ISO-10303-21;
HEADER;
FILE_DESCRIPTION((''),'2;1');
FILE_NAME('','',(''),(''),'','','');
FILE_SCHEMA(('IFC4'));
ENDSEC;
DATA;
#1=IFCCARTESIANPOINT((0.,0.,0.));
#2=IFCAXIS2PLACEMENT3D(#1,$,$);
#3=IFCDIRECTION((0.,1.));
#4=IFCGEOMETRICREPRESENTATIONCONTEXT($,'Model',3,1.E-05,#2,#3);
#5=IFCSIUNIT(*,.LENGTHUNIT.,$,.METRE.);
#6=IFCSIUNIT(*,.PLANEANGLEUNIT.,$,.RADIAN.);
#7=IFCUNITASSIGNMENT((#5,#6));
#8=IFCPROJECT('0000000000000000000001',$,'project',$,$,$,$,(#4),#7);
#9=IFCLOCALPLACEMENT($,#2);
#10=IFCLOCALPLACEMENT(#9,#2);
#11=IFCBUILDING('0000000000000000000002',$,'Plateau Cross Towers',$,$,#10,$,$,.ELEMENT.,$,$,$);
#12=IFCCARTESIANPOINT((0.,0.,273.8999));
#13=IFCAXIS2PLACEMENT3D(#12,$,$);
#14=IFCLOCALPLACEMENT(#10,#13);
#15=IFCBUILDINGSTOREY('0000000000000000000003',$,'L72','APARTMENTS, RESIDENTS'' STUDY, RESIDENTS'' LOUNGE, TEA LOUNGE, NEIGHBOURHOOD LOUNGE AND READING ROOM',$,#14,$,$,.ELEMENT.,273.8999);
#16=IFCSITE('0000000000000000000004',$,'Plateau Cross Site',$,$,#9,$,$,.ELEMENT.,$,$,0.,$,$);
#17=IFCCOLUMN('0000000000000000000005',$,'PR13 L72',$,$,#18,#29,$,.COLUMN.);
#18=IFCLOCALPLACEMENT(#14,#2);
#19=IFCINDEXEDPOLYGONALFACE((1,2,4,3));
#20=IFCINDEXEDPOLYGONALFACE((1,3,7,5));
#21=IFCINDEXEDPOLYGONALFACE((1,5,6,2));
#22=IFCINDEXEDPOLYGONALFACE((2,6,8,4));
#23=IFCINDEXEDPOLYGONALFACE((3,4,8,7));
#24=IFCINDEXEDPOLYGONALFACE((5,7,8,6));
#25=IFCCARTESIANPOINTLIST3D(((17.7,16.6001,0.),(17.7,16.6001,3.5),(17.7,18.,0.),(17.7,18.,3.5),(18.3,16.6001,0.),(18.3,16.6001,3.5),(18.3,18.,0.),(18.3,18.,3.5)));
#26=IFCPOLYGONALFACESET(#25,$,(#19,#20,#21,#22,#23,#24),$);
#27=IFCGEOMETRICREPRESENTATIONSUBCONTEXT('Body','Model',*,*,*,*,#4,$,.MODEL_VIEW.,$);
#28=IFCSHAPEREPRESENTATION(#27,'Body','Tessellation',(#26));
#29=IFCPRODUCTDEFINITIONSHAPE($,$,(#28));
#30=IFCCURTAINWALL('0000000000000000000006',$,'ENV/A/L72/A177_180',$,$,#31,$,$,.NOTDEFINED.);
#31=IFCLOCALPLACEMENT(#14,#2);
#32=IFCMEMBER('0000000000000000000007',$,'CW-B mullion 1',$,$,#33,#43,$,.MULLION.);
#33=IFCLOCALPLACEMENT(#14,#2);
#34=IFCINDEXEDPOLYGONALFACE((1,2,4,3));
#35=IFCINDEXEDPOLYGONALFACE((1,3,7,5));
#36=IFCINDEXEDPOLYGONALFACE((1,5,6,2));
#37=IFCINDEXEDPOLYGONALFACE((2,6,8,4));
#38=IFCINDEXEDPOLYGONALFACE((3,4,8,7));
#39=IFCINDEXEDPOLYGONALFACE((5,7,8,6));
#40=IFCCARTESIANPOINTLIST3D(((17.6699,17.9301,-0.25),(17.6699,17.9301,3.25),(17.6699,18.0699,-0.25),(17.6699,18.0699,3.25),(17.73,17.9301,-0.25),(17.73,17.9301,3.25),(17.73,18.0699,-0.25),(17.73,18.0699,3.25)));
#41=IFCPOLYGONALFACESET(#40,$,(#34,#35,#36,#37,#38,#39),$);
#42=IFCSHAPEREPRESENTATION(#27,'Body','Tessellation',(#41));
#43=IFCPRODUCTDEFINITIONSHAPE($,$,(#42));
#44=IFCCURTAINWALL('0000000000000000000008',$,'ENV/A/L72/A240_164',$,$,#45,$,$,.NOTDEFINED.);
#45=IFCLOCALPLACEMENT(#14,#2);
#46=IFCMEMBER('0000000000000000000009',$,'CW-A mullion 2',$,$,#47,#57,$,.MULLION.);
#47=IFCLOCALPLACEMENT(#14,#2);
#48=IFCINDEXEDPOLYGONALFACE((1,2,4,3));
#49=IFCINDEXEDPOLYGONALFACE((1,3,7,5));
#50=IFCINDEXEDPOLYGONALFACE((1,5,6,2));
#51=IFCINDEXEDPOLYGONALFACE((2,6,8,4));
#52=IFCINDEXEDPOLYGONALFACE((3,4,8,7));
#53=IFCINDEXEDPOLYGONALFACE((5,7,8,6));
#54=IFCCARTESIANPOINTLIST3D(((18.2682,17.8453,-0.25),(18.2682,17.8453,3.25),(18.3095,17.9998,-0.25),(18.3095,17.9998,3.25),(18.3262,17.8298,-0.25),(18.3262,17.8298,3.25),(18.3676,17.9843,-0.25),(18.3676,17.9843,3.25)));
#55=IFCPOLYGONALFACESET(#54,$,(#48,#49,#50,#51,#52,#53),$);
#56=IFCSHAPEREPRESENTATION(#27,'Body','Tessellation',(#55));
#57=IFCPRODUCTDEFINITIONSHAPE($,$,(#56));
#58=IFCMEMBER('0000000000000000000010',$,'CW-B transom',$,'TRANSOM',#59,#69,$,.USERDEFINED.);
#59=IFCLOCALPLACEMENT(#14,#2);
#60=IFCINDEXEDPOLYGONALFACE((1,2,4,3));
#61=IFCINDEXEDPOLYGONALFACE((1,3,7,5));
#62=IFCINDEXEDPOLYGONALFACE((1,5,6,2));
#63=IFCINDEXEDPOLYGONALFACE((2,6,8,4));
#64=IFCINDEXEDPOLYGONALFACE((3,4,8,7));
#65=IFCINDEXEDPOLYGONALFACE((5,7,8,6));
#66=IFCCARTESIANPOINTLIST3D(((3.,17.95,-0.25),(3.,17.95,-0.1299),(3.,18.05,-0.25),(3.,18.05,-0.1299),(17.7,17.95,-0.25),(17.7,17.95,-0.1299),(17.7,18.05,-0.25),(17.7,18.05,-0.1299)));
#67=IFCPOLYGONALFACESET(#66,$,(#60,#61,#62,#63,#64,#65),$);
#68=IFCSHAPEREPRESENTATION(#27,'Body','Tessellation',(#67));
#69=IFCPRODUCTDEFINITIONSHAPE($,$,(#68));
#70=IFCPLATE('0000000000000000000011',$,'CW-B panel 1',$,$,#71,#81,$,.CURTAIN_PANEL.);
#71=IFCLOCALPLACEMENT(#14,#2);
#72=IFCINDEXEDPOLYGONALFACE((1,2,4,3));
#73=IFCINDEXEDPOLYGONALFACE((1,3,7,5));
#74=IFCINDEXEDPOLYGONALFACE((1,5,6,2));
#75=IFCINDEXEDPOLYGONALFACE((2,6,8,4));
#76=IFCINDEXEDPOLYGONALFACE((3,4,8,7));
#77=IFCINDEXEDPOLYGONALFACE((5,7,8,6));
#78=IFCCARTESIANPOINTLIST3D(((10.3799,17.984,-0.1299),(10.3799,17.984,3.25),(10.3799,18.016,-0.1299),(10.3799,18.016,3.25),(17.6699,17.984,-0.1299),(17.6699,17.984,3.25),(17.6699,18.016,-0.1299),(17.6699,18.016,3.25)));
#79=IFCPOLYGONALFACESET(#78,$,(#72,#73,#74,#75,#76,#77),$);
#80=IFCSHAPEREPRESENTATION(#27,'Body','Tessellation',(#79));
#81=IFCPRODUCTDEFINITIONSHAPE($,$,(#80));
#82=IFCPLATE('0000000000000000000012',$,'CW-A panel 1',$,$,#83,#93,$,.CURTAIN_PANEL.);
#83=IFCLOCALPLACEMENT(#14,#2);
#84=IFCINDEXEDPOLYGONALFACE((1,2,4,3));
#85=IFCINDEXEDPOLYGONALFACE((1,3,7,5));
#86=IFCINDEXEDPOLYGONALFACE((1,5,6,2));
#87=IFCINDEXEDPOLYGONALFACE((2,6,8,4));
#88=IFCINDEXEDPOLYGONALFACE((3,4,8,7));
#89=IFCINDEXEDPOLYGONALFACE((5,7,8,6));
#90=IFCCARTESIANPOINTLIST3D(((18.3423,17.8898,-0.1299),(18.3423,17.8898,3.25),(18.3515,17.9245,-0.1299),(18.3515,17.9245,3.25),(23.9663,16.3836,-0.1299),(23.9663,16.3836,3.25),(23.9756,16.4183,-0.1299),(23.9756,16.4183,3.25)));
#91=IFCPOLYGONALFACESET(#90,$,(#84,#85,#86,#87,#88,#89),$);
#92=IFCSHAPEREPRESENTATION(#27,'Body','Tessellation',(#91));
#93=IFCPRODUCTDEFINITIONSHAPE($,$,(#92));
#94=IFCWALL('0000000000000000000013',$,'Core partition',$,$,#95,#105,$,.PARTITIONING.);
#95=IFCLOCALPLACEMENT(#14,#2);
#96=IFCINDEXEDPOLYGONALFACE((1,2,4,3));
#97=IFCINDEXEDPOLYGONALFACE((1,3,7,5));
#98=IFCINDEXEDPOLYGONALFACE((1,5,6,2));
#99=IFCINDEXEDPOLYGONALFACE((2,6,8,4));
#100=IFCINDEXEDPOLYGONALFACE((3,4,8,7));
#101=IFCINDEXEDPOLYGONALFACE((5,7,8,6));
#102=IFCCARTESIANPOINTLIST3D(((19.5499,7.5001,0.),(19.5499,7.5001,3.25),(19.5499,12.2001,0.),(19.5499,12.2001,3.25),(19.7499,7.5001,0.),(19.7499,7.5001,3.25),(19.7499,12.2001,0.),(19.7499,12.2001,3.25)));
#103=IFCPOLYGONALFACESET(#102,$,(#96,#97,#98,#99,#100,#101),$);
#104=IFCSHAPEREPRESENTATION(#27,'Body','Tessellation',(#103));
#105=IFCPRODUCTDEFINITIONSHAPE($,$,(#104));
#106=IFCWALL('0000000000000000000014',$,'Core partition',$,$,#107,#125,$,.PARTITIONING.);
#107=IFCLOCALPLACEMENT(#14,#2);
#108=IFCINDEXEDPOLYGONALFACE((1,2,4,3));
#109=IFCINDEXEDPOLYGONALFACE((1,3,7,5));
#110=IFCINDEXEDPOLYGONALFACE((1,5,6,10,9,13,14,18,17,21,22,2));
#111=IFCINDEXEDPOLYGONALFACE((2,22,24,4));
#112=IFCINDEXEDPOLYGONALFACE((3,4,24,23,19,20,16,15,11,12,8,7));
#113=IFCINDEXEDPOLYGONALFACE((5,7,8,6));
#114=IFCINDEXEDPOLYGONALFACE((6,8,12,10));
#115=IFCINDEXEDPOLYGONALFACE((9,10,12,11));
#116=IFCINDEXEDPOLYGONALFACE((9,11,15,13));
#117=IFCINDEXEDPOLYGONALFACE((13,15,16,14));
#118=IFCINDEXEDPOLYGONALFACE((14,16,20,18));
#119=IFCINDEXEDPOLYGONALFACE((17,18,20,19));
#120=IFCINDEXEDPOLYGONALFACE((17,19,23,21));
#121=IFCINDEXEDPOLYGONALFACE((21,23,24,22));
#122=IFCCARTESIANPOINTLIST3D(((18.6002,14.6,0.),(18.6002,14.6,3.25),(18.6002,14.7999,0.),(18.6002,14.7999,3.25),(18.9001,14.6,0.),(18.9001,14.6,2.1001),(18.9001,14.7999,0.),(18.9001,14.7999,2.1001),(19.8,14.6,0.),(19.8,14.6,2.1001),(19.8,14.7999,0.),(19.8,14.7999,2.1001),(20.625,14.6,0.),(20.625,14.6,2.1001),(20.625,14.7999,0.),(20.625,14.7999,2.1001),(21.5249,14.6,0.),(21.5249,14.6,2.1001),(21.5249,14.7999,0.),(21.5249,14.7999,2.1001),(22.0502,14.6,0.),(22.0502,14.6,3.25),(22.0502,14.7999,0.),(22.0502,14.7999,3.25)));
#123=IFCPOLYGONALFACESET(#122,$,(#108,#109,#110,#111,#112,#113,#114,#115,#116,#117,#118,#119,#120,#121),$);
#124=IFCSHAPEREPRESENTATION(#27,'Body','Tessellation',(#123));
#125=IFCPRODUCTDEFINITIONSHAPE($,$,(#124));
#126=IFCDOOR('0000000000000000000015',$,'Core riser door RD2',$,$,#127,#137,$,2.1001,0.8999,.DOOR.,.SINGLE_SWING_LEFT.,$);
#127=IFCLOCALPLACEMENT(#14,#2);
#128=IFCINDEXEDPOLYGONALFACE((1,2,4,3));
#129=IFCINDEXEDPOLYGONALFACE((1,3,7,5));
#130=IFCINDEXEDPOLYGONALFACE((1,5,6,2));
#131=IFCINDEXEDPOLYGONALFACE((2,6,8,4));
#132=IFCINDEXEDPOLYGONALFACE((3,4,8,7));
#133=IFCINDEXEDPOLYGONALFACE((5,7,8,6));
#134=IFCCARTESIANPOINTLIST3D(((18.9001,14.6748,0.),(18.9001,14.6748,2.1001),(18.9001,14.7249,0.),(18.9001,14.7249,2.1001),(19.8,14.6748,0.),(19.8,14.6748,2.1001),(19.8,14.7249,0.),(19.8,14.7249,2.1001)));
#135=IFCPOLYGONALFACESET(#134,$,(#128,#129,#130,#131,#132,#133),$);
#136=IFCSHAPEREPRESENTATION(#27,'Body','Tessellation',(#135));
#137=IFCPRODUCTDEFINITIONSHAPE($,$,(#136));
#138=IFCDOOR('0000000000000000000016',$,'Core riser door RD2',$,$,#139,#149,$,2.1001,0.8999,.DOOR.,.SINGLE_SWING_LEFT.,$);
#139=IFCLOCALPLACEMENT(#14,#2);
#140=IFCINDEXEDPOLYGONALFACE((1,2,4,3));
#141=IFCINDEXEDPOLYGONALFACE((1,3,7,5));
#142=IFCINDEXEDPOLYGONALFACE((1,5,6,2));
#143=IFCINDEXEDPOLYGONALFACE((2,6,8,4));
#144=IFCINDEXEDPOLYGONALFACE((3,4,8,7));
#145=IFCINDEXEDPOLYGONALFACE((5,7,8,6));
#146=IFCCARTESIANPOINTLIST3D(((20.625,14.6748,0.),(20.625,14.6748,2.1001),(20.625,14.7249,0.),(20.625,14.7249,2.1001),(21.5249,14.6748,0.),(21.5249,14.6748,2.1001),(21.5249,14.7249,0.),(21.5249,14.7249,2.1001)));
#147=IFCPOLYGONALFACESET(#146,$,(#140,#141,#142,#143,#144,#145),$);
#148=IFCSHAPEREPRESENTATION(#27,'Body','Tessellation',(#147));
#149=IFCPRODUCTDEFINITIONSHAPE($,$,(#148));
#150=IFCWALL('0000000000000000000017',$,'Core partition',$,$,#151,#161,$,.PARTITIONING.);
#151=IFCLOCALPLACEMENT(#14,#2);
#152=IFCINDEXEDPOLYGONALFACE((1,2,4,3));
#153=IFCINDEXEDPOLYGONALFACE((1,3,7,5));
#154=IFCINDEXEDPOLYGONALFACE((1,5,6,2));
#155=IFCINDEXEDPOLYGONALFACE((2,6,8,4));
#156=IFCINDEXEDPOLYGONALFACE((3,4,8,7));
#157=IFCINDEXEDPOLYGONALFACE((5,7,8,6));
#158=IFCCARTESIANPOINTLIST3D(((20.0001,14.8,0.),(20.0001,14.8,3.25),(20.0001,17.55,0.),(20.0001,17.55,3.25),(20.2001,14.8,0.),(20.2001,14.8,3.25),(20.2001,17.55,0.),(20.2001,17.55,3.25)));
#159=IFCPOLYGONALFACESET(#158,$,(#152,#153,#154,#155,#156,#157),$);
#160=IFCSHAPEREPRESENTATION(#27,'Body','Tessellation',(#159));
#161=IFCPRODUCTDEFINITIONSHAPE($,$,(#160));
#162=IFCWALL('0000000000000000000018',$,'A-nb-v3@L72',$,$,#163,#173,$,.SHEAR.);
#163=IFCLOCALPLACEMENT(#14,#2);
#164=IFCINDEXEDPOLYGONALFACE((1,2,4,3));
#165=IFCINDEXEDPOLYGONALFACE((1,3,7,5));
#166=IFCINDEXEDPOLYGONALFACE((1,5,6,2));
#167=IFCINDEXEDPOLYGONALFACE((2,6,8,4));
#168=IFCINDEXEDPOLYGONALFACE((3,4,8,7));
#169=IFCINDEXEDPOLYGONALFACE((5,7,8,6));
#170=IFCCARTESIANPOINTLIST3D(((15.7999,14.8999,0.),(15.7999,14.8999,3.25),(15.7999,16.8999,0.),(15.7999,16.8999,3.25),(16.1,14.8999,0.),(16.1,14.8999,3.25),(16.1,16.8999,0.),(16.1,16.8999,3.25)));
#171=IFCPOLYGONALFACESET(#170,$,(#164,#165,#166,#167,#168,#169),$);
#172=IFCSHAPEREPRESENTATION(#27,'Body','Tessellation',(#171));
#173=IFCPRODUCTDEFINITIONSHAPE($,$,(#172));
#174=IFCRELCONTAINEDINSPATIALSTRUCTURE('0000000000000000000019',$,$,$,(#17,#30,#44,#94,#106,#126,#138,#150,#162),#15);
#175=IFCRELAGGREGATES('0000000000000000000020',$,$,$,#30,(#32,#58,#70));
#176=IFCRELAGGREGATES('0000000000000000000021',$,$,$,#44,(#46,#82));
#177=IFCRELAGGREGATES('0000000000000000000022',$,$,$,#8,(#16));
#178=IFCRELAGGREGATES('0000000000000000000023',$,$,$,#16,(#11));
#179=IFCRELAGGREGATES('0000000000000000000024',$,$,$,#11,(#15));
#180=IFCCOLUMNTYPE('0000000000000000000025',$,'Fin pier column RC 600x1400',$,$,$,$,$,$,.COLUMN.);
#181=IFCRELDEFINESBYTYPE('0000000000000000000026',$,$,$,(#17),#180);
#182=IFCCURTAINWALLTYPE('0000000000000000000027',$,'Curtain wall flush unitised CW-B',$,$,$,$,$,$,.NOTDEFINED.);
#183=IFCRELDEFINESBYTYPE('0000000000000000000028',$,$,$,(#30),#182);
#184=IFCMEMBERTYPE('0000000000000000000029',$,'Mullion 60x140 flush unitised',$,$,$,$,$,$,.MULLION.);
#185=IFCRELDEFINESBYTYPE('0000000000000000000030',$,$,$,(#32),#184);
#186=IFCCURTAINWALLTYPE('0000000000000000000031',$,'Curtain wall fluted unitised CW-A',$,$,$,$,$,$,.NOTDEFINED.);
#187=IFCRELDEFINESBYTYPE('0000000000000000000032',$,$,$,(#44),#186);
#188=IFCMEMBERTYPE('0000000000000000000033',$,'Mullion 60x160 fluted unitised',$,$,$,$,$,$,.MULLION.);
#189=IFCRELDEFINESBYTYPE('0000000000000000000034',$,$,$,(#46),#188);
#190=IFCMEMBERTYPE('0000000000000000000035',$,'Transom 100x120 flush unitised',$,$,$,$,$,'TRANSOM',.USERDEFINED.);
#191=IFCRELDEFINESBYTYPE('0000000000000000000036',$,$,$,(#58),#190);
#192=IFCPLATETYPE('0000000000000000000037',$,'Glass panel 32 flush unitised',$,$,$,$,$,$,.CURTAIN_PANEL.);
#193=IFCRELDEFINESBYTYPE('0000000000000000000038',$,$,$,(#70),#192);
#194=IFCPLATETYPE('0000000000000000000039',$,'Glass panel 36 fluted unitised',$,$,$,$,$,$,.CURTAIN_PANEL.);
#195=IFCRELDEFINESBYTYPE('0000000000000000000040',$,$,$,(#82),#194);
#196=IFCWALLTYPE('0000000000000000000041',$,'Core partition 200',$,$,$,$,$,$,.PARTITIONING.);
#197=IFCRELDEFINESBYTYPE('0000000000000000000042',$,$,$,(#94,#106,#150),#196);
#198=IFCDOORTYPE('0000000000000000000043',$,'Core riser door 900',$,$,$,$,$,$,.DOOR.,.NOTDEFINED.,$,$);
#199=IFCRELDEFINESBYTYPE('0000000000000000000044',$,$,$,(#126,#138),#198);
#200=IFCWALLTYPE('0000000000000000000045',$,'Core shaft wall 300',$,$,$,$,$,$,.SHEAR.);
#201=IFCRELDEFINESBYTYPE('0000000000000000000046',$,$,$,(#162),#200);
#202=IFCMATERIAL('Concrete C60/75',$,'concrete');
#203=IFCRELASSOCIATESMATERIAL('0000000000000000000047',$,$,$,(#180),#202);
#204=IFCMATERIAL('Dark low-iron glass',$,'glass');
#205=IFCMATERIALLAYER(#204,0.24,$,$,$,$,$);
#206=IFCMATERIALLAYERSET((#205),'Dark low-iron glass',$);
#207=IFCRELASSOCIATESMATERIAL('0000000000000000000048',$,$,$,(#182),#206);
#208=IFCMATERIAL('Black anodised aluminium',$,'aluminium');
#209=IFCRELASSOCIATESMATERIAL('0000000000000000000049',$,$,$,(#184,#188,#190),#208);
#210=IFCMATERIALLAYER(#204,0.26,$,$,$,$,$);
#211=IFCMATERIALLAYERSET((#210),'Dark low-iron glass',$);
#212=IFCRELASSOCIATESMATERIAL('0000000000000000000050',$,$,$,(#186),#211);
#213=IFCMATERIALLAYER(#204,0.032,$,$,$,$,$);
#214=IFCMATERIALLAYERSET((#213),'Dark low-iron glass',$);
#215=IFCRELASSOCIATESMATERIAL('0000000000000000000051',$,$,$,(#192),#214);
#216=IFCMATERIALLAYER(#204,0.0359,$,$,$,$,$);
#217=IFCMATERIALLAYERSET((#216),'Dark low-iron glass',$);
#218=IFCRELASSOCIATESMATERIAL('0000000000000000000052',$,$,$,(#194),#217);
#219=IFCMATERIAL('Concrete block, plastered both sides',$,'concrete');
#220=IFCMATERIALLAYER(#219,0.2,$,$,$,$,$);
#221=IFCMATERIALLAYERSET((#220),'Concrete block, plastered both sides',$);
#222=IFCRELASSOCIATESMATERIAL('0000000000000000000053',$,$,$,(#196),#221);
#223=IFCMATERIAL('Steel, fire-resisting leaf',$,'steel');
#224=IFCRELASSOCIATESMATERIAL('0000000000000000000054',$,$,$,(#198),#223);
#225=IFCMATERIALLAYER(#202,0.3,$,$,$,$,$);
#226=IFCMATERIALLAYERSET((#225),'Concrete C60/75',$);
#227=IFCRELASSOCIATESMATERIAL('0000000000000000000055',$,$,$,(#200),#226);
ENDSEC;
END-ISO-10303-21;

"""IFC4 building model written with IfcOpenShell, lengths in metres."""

from ifc_helpers import new_model, si_unit, direction, frame, frame_2d, origin, origin_2d, place, context, subcontext, project, spatial, rectangle, extrude, material, layer, layer_set, material_profile, profile_set, type_object, element, fill, aggregate, save


model = new_model("IFC4")

# Units and contexts
model_context = context("Model", 3, precision=1e-05, world=origin(), true_north=direction((0.0, 1.0)))
body_context = subcontext(model_context, "Body", "Model", "MODEL_VIEW")
ifc_project = project(units=[si_unit("LENGTHUNIT", "METRE"), si_unit("PLANEANGLEUNIT", "RADIAN")], contexts=[model_context])

# Site, building, storey
site_placement = place(None, origin())
site = spatial("IfcSite", under=ifc_project, at=site_placement, Name="Plateau Cross Site", CompositionType="ELEMENT", RefElevation=0.0)
building_placement = place(site_placement, origin())
building = spatial("IfcBuilding", under=site, at=building_placement, Name="Plateau Cross Towers", CompositionType="ELEMENT")
storey_placement = place(building_placement, frame((0.0, 0.0, 273.8999)))
storey = spatial("IfcBuildingStorey", under=building, at=storey_placement, Name="L72", Description="APARTMENTS, RESIDENTS' STUDY, RESIDENTS' LOUNGE, TEA LOUNGE, NEIGHBOURHOOD LOUNGE AND READING ROOM", CompositionType="ELEMENT", Elevation=273.8999)

# Column
ifc_material_1 = material(Name="Concrete C60/75", Category="concrete")
ifc_material_profile_1 = material_profile(ifc_material_1, rectangle(XDim=0.6001, YDim=1.3999, at=origin_2d()), Name="RC 600x1400")
ifc_profile_set_1 = profile_set([ifc_material_profile_1], Name="Concrete C60/75")
column_type = type_object("IfcColumnType", Name="Fin pier column RC 600x1400", PredefinedType="COLUMN", material=ifc_profile_set_1)
column_placement = place(storey_placement, frame((18.0, 17.3, 0.0), z_axis=(0.0, 0.0, 1.0), x_axis=(1.0, 0.0, 0.0)))
element("IfcColumn", 1, at=column_placement, inside=storey, type_object=column_type, Name="PR13 L72", PredefinedType="COLUMN", context=body_context, shape_type="SweptSolid", body=[
    extrude(rectangle(XDim=0.6001, YDim=1.3999, at=origin_2d()), origin(), (0.0, 0.0, 1.0), 3.5),
])

# Curtain walls, members
ifc_material_2 = material(Name="Dark low-iron glass", Category="glass")
ifc_layer_1 = layer(ifc_material_2, 0.24)
ifc_layer_set_1 = layer_set([ifc_layer_1], Name="Dark low-iron glass")
curtain_wall_type_1 = type_object("IfcCurtainWallType", Name="Curtain wall flush unitised CW-B", PredefinedType="NOTDEFINED", material=ifc_layer_set_1)
curtain_wall_1_placement = place(storey_placement, origin())
curtain_wall_1 = element("IfcCurtainWall", 2, at=curtain_wall_1_placement, inside=storey, type_object=curtain_wall_type_1, Name="ENV/A/L72/A177_180", PredefinedType="NOTDEFINED")
ifc_material_3 = material(Name="Black anodised aluminium", Category="aluminium")
ifc_material_profile_2 = material_profile(ifc_material_3, rectangle(XDim=0.0601, YDim=0.1399, at=origin_2d()), Name="MULLION 60x140")
ifc_profile_set_2 = profile_set([ifc_material_profile_2], Name="Black anodised aluminium")
member_type_1 = type_object("IfcMemberType", Name="Mullion 60x140 flush unitised", PredefinedType="MULLION", material=ifc_profile_set_2)
member_1_placement = place(storey_placement, frame((17.7, 18.0, -0.25), z_axis=(0.0, 0.0, 1.0), x_axis=(-1.0, 0.0, 0.0)))
member_1 = element("IfcMember", 3, at=member_1_placement, type_object=member_type_1, Name="CW-B mullion 1", PredefinedType="MULLION", context=body_context, shape_type="SweptSolid", body=[
    extrude(rectangle(XDim=0.0601, YDim=0.1399, at=origin_2d()), origin(), (0.0, 0.0, 1.0), 3.5),
])
ifc_layer_2 = layer(ifc_material_2, 0.26)
ifc_layer_set_2 = layer_set([ifc_layer_2], Name="Dark low-iron glass")
curtain_wall_type_2 = type_object("IfcCurtainWallType", Name="Curtain wall fluted unitised CW-A", PredefinedType="NOTDEFINED", material=ifc_layer_set_2)
curtain_wall_2_placement = place(storey_placement, origin())
curtain_wall_2 = element("IfcCurtainWall", 4, at=curtain_wall_2_placement, inside=storey, type_object=curtain_wall_type_2, Name="ENV/A/L72/A240_164", PredefinedType="NOTDEFINED")
ifc_material_profile_3 = material_profile(ifc_material_3, rectangle(XDim=0.0601, YDim=0.1599, at=origin_2d()), Name="MULLION 60x160")
ifc_profile_set_3 = profile_set([ifc_material_profile_3], Name="Black anodised aluminium")
member_type_2 = type_object("IfcMemberType", Name="Mullion 60x160 fluted unitised", PredefinedType="MULLION", material=ifc_profile_set_3)
member_2_placement = place(storey_placement, frame((18.3179, 17.9148, -0.25), z_axis=(0.0, 0.0, 1.0), x_axis=(-0.965958, 0.258699, 0.0)))
member_2 = element("IfcMember", 5, at=member_2_placement, type_object=member_type_2, Name="CW-A mullion 2", PredefinedType="MULLION", context=body_context, shape_type="SweptSolid", body=[
    extrude(rectangle(XDim=0.0601, YDim=0.1599, at=origin_2d()), origin(), (0.0, 0.0, 1.0), 3.5),
])

# Member
ifc_material_profile_4 = material_profile(ifc_material_3, rectangle(XDim=0.1001, YDim=0.1201, at=origin_2d()), Name="TRANSOM 100x120")
ifc_profile_set_4 = profile_set([ifc_material_profile_4], Name="Black anodised aluminium")
member_type_3 = type_object("IfcMemberType", Name="Transom 100x120 flush unitised", ElementType="TRANSOM", PredefinedType="USERDEFINED", material=ifc_profile_set_4)
member_3_placement = place(storey_placement, frame((17.7, 18.0, -0.1899), z_axis=(-1.0, 0.0, 0.0), x_axis=(0.0, -1.0, 0.0)))
member_3 = element("IfcMember", 6, at=member_3_placement, type_object=member_type_3, Name="CW-B transom", ObjectType="TRANSOM", PredefinedType="USERDEFINED", context=body_context, shape_type="SweptSolid", body=[
    extrude(rectangle(XDim=0.1001, YDim=0.1201, at=origin_2d()), origin(), (0.0, 0.0, 1.0), 14.7),
])

# Plates
ifc_layer_3 = layer(ifc_material_2, 0.032)
ifc_layer_set_3 = layer_set([ifc_layer_3], Name="Dark low-iron glass")
plate_type_1 = type_object("IfcPlateType", Name="Glass panel 32 flush unitised", PredefinedType="CURTAIN_PANEL", material=ifc_layer_set_3)
plate_1_placement = place(storey_placement, frame((14.0249, 18.0, -0.1299), z_axis=(0.0, 0.0, 1.0), x_axis=(-1.0, 0.0, 0.0)))
plate_1 = element("IfcPlate", 7, at=plate_1_placement, type_object=plate_type_1, Name="CW-B panel 1", PredefinedType="CURTAIN_PANEL", context=body_context, shape_type="SweptSolid", body=[
    extrude(rectangle(XDim=7.29, YDim=0.032, at=origin_2d()), origin(), (0.0, 0.0, 1.0), 3.3799),
])
aggregate(curtain_wall_1, [member_1, member_3, plate_1])
ifc_layer_4 = layer(ifc_material_2, 0.0359)
ifc_layer_set_4 = layer_set([ifc_layer_4], Name="Dark low-iron glass")
plate_type_2 = type_object("IfcPlateType", Name="Glass panel 36 fluted unitised", PredefinedType="CURTAIN_PANEL", material=ifc_layer_set_4)
plate_2_placement = place(storey_placement, frame((21.1589, 17.1541, -0.1299), z_axis=(0.0, 0.0, 1.0), x_axis=(-0.965958, 0.258699, 0.0)))
plate_2 = element("IfcPlate", 8, at=plate_2_placement, type_object=plate_type_2, Name="CW-A panel 1", PredefinedType="CURTAIN_PANEL", context=body_context, shape_type="SweptSolid", body=[
    extrude(rectangle(XDim=5.8223, YDim=0.0359, at=origin_2d()), origin(), (0.0, 0.0, 1.0), 3.3799),
])
aggregate(curtain_wall_2, [member_2, plate_2])

# Wall
ifc_material_4 = material(Name="Concrete block, plastered both sides", Category="concrete")
ifc_layer_5 = layer(ifc_material_4, 0.2)
ifc_layer_set_5 = layer_set([ifc_layer_5], Name="Concrete block, plastered both sides")
wall_type_1 = type_object("IfcWallType", Name="Core partition 200", PredefinedType="PARTITIONING", material=ifc_layer_set_5)
wall_1_placement = place(storey_placement, frame((19.6499, 7.5, 0.0), z_axis=(0.0, 0.0, 1.0), x_axis=(0.0, 1.0, 0.0)))
element("IfcWall", 9, at=wall_1_placement, inside=storey, type_object=wall_type_1, Name="Core partition", PredefinedType="PARTITIONING", context=body_context, shape_type="SweptSolid", body=[
    extrude(rectangle(XDim=4.7, YDim=0.2, at=frame_2d((2.3501, 0.0))), origin(), (0.0, 0.0, 1.0), 3.25),
])

# Wall, openings, doors
wall_2_placement = place(storey_placement, frame((18.6001, 14.7, 0.0), z_axis=(0.0, 0.0, 1.0), x_axis=(1.0, 0.0, 0.0)))
wall_2 = element("IfcWall", 10, at=wall_2_placement, inside=storey, type_object=wall_type_1, Name="Core partition", PredefinedType="PARTITIONING", context=body_context, shape_type="SweptSolid", body=[
    extrude(rectangle(XDim=3.45, YDim=0.2, at=frame_2d((1.7251, 0.0))), origin(), (0.0, 0.0, 1.0), 3.25),
])
opening_1_placement = place(wall_2_placement, frame((0.3, 0.0, 0.0)))
opening_1 = element("IfcOpeningElement", 11, at=opening_1_placement, cuts=wall_2, PredefinedType="OPENING", context=body_context, shape_type="SweptSolid", body=[
    extrude(rectangle(XDim=0.8999, YDim=2.1001, at=frame_2d((0.45, 1.05))), frame((0.0, 0.1099, 0.0), z_axis=(0.0, -1.0, 0.0), x_axis=(1.0, 0.0, 0.0)), (0.0, 0.0, 1.0), 0.22),
])
opening_2_placement = place(wall_2_placement, frame((2.0249, 0.0, 0.0)))
opening_2 = element("IfcOpeningElement", 12, at=opening_2_placement, cuts=wall_2, PredefinedType="OPENING", context=body_context, shape_type="SweptSolid", body=[
    extrude(rectangle(XDim=0.8999, YDim=2.1001, at=frame_2d((0.45, 1.05))), frame((0.0, 0.1099, 0.0), z_axis=(0.0, -1.0, 0.0), x_axis=(1.0, 0.0, 0.0)), (0.0, 0.0, 1.0), 0.22),
])
ifc_material_5 = material(Name="Steel, fire-resisting leaf", Category="steel")
door_type_1 = type_object("IfcDoorType", Name="Core riser door 900", OperationType="NOTDEFINED", PredefinedType="DOOR", material=ifc_material_5)
door_1_placement = place(opening_1_placement, origin())
door_1 = element("IfcDoor", 13, at=door_1_placement, inside=storey, type_object=door_type_1, Name="Core riser door RD2", OperationType="SINGLE_SWING_LEFT", OverallHeight=2.1001, OverallWidth=0.8999, PredefinedType="DOOR", context=body_context, shape_type="SweptSolid", body=[
    extrude(rectangle(XDim=0.8999, YDim=2.1001, at=frame_2d((0.45, 1.05))), frame((0.0, 0.0249, 0.0), z_axis=(0.0, -1.0, 0.0), x_axis=(1.0, 0.0, 0.0)), (0.0, 0.0, 1.0), 0.05),
])
fill(opening_1, door_1)
door_2_placement = place(opening_2_placement, origin())
door_2 = element("IfcDoor", 14, at=door_2_placement, inside=storey, type_object=door_type_1, Name="Core riser door RD2", OperationType="SINGLE_SWING_LEFT", OverallHeight=2.1001, OverallWidth=0.8999, PredefinedType="DOOR", context=body_context, shape_type="SweptSolid", body=[
    extrude(rectangle(XDim=0.8999, YDim=2.1001, at=frame_2d((0.45, 1.05))), frame((0.0, 0.0249, 0.0), z_axis=(0.0, -1.0, 0.0), x_axis=(1.0, 0.0, 0.0)), (0.0, 0.0, 1.0), 0.05),
])
fill(opening_2, door_2)

# Walls
wall_3_placement = place(storey_placement, frame((20.1001, 14.8, 0.0), z_axis=(0.0, 0.0, 1.0), x_axis=(0.0, 1.0, 0.0)))
element("IfcWall", 15, at=wall_3_placement, inside=storey, type_object=wall_type_1, Name="Core partition", PredefinedType="PARTITIONING", context=body_context, shape_type="SweptSolid", body=[
    extrude(rectangle(XDim=2.75, YDim=0.2, at=frame_2d((1.375, 0.0))), origin(), (0.0, 0.0, 1.0), 3.25),
])
ifc_layer_6 = layer(ifc_material_1, 0.3)
ifc_layer_set_6 = layer_set([ifc_layer_6], Name="Concrete C60/75")
wall_type_2 = type_object("IfcWallType", Name="Core shaft wall 300", PredefinedType="SHEAR", material=ifc_layer_set_6)
for number, where, z_axis, x_axis, name in (
    (16, (15.95, 14.8999, 0.0), (0.0, 0.0, 1.0), (0.0, 1.0, 0.0), "A-nb-v3@L72"),
):
    element("IfcWall", number, at=place(storey_placement, frame(where, z_axis=z_axis, x_axis=x_axis)), inside=storey, type_object=wall_type_2, Name=name, PredefinedType="SHEAR", context=body_context, shape_type="SweptSolid", body=[
        extrude(rectangle(XDim=2.0, YDim=0.3, at=frame_2d((1.0, 0.0))), origin(), (0.0, 0.0, 1.0), 3.25),
    ])

save(model, "model.ifc")
